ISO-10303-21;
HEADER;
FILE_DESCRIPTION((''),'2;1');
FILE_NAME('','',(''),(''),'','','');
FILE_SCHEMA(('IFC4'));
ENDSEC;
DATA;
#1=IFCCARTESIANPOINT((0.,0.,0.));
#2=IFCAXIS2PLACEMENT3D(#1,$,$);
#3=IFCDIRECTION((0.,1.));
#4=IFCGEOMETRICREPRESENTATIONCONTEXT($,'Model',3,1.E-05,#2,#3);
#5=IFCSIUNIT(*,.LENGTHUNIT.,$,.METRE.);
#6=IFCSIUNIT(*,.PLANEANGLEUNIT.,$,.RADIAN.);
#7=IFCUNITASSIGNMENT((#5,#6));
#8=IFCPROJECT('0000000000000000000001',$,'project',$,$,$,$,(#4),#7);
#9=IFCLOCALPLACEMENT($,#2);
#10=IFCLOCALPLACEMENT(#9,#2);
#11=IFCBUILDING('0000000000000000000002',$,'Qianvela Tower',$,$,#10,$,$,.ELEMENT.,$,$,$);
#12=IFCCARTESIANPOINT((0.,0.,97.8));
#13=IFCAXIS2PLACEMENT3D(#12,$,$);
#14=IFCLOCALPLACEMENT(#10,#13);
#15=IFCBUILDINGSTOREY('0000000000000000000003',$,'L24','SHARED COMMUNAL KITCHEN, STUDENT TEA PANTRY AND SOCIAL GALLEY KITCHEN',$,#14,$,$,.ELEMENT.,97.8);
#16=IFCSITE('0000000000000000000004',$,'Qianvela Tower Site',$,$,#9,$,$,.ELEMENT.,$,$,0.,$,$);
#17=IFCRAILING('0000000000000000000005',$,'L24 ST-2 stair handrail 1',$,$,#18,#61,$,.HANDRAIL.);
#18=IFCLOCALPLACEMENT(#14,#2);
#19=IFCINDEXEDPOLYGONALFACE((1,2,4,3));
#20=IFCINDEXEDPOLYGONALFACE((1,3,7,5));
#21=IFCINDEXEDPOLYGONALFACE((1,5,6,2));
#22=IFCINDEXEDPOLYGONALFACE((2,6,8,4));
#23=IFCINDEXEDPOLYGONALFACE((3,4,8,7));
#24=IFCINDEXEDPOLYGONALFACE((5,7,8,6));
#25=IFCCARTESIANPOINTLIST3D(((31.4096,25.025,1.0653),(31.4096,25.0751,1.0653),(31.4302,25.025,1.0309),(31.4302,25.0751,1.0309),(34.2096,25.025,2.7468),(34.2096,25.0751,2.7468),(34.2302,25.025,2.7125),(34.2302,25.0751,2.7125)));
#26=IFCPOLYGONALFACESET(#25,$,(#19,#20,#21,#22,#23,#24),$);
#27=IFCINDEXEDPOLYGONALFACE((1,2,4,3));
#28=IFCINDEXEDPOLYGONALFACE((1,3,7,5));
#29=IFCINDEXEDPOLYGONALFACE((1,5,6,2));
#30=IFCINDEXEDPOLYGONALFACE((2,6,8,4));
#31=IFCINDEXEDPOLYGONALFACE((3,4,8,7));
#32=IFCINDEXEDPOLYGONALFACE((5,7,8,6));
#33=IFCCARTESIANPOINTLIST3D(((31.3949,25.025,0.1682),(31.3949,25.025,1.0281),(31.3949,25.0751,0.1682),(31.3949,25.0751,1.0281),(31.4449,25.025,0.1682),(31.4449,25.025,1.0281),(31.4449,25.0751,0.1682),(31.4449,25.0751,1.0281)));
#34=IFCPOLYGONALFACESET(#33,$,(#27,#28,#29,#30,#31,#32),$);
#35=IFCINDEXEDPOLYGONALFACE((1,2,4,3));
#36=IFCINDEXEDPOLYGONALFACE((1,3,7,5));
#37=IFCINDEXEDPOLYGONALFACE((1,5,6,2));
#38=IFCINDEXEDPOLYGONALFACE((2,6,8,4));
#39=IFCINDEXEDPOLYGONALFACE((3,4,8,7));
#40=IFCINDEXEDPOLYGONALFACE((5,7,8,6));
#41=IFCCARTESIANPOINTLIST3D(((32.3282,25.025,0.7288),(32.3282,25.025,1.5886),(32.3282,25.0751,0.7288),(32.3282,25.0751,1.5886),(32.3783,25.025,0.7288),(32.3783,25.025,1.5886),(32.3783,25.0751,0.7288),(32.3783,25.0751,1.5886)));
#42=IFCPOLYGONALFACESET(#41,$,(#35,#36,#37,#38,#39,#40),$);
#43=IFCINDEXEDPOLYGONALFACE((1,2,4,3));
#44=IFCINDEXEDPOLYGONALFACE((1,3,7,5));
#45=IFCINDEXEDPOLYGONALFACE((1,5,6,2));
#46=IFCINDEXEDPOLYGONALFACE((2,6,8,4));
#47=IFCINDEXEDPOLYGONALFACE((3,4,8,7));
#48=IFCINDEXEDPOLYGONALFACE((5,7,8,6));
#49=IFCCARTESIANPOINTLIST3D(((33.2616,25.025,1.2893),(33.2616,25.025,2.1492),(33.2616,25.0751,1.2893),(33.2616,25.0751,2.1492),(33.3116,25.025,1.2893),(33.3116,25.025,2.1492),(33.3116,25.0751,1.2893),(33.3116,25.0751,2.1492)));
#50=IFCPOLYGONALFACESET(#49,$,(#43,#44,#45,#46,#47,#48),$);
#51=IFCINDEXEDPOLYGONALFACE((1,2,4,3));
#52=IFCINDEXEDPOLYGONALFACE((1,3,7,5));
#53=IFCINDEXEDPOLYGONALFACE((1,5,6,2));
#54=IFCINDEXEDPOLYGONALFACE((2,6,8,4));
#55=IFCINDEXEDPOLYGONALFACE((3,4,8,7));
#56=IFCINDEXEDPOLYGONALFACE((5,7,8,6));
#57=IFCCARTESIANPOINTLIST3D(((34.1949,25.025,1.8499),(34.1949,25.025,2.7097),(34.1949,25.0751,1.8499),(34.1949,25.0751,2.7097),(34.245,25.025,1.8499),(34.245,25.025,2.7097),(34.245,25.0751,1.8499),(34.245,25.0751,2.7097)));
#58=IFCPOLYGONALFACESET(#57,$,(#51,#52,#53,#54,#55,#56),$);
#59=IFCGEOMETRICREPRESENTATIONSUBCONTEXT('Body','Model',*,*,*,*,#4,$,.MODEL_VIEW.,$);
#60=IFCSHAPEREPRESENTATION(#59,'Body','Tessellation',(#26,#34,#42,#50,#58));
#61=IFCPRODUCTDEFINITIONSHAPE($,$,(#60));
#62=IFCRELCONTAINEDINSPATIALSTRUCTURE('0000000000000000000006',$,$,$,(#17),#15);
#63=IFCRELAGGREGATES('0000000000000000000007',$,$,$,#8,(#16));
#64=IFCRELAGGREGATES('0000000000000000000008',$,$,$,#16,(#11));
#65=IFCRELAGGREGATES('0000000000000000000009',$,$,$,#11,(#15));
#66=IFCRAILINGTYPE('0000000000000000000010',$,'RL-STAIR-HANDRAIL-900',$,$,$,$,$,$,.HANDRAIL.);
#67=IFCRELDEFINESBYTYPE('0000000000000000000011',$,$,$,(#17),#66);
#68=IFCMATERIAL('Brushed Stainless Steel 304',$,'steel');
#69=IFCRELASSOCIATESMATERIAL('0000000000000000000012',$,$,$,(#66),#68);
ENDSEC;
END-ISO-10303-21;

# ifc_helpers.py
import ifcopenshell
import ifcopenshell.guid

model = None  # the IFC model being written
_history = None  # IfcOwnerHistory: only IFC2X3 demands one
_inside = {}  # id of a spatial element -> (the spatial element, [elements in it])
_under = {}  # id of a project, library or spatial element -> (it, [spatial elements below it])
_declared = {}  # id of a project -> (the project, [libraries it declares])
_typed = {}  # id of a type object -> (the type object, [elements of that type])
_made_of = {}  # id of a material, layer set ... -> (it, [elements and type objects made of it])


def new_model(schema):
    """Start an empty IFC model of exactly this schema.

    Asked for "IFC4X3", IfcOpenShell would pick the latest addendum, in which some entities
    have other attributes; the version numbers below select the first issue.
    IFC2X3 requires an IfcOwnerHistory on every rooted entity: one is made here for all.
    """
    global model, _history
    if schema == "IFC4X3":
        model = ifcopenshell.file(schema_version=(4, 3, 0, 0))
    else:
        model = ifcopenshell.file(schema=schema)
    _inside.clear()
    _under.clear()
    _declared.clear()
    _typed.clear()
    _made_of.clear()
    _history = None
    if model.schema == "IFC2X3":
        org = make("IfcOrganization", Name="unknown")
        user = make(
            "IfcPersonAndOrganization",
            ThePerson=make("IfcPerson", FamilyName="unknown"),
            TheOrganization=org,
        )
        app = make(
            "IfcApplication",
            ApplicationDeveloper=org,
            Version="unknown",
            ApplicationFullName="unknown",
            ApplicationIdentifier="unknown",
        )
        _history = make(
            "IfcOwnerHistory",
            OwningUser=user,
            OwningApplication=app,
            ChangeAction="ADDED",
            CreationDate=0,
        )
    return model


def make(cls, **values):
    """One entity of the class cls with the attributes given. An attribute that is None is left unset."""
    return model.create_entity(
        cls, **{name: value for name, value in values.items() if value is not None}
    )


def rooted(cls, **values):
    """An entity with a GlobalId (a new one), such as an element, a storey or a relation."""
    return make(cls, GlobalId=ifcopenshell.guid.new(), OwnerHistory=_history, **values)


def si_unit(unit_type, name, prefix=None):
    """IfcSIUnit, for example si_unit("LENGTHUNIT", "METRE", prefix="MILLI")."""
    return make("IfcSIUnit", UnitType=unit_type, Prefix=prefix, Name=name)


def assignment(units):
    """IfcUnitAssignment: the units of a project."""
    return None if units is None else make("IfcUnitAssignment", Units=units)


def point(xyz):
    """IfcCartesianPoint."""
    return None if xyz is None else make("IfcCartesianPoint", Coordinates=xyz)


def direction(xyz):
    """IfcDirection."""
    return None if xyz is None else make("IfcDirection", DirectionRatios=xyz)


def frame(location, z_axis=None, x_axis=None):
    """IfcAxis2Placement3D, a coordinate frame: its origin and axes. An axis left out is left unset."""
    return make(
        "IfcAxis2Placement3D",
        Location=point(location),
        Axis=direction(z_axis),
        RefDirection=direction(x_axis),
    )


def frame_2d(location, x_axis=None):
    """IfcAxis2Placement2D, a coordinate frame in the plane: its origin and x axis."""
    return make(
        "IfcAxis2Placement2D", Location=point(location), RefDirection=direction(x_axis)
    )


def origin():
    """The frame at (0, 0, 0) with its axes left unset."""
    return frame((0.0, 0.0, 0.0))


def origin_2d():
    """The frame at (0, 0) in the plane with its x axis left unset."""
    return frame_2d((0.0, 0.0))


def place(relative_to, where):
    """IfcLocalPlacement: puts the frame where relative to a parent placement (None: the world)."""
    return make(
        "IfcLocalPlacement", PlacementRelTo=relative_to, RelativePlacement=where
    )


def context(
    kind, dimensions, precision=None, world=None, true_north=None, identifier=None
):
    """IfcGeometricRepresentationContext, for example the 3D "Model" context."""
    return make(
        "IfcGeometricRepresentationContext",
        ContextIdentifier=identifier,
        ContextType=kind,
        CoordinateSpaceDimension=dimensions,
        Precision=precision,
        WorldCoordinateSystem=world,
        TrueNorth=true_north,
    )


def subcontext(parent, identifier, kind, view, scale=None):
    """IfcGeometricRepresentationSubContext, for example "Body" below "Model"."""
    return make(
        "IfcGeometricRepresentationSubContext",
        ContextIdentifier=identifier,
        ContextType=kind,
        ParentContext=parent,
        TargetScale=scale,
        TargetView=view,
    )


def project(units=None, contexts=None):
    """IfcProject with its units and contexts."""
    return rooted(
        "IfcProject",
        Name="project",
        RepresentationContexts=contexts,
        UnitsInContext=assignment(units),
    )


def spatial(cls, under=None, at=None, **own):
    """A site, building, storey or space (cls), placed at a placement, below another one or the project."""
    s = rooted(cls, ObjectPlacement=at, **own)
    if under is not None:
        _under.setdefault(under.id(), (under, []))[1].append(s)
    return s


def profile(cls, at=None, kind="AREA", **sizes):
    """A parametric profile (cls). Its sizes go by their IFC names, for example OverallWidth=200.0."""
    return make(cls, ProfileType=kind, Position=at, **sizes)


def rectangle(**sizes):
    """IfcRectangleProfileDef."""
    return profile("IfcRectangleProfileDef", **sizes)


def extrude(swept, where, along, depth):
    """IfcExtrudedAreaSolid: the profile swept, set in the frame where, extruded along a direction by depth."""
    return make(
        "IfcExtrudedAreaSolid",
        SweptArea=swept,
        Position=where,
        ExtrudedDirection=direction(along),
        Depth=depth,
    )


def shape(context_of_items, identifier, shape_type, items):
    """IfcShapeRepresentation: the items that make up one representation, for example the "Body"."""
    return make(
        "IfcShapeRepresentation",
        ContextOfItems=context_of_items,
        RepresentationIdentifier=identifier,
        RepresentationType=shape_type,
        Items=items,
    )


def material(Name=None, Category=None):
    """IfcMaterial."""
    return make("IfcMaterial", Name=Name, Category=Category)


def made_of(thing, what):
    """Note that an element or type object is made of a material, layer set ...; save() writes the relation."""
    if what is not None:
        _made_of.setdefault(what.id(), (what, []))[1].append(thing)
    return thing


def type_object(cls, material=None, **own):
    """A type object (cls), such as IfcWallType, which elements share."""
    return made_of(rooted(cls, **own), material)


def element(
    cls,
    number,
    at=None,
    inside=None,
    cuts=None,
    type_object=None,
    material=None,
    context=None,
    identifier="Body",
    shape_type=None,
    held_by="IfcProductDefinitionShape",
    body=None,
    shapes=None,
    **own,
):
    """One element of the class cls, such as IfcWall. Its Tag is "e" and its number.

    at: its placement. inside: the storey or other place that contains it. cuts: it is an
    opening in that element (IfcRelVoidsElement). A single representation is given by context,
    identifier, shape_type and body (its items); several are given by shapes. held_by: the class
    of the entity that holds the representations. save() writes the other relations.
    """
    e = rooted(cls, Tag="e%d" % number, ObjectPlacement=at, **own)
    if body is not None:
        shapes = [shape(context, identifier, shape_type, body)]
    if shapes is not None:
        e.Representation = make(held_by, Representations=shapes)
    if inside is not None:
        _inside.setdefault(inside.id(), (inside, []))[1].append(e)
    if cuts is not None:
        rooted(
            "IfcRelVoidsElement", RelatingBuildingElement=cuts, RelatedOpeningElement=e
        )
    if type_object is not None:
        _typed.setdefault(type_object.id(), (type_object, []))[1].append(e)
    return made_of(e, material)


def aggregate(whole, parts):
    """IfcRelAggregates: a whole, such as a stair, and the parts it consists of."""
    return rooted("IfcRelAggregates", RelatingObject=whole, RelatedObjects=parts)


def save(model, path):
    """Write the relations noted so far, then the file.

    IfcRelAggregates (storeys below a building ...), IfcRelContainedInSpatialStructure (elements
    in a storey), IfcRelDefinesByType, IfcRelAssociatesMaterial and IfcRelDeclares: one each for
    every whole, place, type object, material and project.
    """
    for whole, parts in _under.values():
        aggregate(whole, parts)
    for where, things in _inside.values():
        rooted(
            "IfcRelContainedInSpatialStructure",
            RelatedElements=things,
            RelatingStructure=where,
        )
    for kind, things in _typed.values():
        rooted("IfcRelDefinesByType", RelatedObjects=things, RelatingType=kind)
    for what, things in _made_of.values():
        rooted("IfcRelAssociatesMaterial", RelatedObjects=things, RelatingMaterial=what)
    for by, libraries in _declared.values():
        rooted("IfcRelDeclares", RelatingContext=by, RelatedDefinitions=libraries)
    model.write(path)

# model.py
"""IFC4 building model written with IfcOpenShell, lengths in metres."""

from ifc_helpers import new_model, si_unit, direction, frame, origin, origin_2d, place, context, subcontext, project, spatial, rectangle, extrude, material, type_object, element, save


model = new_model("IFC4")

# Units and contexts
model_context = context("Model", 3, precision=1e-05, world=origin(), true_north=direction((0.0, 1.0)))
body_context = subcontext(model_context, "Body", "Model", "MODEL_VIEW")
ifc_project = project(units=[si_unit("LENGTHUNIT", "METRE"), si_unit("PLANEANGLEUNIT", "RADIAN")], contexts=[model_context])

# Site, building, storey
site_placement = place(None, origin())
site = spatial("IfcSite", under=ifc_project, at=site_placement, Name="Qianvela Tower Site", CompositionType="ELEMENT", RefElevation=0.0)
building_placement = place(site_placement, origin())
building = spatial("IfcBuilding", under=site, at=building_placement, Name="Qianvela Tower", CompositionType="ELEMENT")
storey_placement = place(building_placement, frame((0.0, 0.0, 97.8)))
storey = spatial("IfcBuildingStorey", under=building, at=storey_placement, Name="L24", Description="SHARED COMMUNAL KITCHEN, STUDENT TEA PANTRY AND SOCIAL GALLEY KITCHEN", CompositionType="ELEMENT", Elevation=97.8)

# Railing
ifc_material_1 = material(Name="Brushed Stainless Steel 304", Category="steel")
railing_type_1 = type_object("IfcRailingType", Name="RL-STAIR-HANDRAIL-900", PredefinedType="HANDRAIL", material=ifc_material_1)
railing_1_placement = place(storey_placement, frame((31.4199, 25.05, 0.1682)))
element("IfcRailing", 1, at=railing_1_placement, inside=storey, type_object=railing_type_1, Name="L24 ST-2 stair handrail 1", PredefinedType="HANDRAIL", context=body_context, shape_type="SweptSolid", body=[
    extrude(rectangle(XDim=0.05, YDim=0.04, at=origin_2d()), frame((0.0, 0.0, 0.8799), z_axis=(0.857275, 0.0, 0.514858), x_axis=(0.0, 1.0, 0.0)), (0.0, 0.0, 1.0), 3.2661),
    extrude(rectangle(XDim=0.05, YDim=0.05, at=origin_2d()), origin(), (0.0, 0.0, 1.0), 0.8599),
    extrude(rectangle(XDim=0.05, YDim=0.05, at=origin_2d()), frame((0.9333, 0.0, 0.5605)), (0.0, 0.0, 1.0), 0.8599),
    extrude(rectangle(XDim=0.05, YDim=0.05, at=origin_2d()), frame((1.8667, 0.0, 1.1211)), (0.0, 0.0, 1.0), 0.8599),
    extrude(rectangle(XDim=0.05, YDim=0.05, at=origin_2d()), frame((2.8, 0.0, 1.6816)), (0.0, 0.0, 1.0), 0.8599),
])

save(model, "model.ifc")
